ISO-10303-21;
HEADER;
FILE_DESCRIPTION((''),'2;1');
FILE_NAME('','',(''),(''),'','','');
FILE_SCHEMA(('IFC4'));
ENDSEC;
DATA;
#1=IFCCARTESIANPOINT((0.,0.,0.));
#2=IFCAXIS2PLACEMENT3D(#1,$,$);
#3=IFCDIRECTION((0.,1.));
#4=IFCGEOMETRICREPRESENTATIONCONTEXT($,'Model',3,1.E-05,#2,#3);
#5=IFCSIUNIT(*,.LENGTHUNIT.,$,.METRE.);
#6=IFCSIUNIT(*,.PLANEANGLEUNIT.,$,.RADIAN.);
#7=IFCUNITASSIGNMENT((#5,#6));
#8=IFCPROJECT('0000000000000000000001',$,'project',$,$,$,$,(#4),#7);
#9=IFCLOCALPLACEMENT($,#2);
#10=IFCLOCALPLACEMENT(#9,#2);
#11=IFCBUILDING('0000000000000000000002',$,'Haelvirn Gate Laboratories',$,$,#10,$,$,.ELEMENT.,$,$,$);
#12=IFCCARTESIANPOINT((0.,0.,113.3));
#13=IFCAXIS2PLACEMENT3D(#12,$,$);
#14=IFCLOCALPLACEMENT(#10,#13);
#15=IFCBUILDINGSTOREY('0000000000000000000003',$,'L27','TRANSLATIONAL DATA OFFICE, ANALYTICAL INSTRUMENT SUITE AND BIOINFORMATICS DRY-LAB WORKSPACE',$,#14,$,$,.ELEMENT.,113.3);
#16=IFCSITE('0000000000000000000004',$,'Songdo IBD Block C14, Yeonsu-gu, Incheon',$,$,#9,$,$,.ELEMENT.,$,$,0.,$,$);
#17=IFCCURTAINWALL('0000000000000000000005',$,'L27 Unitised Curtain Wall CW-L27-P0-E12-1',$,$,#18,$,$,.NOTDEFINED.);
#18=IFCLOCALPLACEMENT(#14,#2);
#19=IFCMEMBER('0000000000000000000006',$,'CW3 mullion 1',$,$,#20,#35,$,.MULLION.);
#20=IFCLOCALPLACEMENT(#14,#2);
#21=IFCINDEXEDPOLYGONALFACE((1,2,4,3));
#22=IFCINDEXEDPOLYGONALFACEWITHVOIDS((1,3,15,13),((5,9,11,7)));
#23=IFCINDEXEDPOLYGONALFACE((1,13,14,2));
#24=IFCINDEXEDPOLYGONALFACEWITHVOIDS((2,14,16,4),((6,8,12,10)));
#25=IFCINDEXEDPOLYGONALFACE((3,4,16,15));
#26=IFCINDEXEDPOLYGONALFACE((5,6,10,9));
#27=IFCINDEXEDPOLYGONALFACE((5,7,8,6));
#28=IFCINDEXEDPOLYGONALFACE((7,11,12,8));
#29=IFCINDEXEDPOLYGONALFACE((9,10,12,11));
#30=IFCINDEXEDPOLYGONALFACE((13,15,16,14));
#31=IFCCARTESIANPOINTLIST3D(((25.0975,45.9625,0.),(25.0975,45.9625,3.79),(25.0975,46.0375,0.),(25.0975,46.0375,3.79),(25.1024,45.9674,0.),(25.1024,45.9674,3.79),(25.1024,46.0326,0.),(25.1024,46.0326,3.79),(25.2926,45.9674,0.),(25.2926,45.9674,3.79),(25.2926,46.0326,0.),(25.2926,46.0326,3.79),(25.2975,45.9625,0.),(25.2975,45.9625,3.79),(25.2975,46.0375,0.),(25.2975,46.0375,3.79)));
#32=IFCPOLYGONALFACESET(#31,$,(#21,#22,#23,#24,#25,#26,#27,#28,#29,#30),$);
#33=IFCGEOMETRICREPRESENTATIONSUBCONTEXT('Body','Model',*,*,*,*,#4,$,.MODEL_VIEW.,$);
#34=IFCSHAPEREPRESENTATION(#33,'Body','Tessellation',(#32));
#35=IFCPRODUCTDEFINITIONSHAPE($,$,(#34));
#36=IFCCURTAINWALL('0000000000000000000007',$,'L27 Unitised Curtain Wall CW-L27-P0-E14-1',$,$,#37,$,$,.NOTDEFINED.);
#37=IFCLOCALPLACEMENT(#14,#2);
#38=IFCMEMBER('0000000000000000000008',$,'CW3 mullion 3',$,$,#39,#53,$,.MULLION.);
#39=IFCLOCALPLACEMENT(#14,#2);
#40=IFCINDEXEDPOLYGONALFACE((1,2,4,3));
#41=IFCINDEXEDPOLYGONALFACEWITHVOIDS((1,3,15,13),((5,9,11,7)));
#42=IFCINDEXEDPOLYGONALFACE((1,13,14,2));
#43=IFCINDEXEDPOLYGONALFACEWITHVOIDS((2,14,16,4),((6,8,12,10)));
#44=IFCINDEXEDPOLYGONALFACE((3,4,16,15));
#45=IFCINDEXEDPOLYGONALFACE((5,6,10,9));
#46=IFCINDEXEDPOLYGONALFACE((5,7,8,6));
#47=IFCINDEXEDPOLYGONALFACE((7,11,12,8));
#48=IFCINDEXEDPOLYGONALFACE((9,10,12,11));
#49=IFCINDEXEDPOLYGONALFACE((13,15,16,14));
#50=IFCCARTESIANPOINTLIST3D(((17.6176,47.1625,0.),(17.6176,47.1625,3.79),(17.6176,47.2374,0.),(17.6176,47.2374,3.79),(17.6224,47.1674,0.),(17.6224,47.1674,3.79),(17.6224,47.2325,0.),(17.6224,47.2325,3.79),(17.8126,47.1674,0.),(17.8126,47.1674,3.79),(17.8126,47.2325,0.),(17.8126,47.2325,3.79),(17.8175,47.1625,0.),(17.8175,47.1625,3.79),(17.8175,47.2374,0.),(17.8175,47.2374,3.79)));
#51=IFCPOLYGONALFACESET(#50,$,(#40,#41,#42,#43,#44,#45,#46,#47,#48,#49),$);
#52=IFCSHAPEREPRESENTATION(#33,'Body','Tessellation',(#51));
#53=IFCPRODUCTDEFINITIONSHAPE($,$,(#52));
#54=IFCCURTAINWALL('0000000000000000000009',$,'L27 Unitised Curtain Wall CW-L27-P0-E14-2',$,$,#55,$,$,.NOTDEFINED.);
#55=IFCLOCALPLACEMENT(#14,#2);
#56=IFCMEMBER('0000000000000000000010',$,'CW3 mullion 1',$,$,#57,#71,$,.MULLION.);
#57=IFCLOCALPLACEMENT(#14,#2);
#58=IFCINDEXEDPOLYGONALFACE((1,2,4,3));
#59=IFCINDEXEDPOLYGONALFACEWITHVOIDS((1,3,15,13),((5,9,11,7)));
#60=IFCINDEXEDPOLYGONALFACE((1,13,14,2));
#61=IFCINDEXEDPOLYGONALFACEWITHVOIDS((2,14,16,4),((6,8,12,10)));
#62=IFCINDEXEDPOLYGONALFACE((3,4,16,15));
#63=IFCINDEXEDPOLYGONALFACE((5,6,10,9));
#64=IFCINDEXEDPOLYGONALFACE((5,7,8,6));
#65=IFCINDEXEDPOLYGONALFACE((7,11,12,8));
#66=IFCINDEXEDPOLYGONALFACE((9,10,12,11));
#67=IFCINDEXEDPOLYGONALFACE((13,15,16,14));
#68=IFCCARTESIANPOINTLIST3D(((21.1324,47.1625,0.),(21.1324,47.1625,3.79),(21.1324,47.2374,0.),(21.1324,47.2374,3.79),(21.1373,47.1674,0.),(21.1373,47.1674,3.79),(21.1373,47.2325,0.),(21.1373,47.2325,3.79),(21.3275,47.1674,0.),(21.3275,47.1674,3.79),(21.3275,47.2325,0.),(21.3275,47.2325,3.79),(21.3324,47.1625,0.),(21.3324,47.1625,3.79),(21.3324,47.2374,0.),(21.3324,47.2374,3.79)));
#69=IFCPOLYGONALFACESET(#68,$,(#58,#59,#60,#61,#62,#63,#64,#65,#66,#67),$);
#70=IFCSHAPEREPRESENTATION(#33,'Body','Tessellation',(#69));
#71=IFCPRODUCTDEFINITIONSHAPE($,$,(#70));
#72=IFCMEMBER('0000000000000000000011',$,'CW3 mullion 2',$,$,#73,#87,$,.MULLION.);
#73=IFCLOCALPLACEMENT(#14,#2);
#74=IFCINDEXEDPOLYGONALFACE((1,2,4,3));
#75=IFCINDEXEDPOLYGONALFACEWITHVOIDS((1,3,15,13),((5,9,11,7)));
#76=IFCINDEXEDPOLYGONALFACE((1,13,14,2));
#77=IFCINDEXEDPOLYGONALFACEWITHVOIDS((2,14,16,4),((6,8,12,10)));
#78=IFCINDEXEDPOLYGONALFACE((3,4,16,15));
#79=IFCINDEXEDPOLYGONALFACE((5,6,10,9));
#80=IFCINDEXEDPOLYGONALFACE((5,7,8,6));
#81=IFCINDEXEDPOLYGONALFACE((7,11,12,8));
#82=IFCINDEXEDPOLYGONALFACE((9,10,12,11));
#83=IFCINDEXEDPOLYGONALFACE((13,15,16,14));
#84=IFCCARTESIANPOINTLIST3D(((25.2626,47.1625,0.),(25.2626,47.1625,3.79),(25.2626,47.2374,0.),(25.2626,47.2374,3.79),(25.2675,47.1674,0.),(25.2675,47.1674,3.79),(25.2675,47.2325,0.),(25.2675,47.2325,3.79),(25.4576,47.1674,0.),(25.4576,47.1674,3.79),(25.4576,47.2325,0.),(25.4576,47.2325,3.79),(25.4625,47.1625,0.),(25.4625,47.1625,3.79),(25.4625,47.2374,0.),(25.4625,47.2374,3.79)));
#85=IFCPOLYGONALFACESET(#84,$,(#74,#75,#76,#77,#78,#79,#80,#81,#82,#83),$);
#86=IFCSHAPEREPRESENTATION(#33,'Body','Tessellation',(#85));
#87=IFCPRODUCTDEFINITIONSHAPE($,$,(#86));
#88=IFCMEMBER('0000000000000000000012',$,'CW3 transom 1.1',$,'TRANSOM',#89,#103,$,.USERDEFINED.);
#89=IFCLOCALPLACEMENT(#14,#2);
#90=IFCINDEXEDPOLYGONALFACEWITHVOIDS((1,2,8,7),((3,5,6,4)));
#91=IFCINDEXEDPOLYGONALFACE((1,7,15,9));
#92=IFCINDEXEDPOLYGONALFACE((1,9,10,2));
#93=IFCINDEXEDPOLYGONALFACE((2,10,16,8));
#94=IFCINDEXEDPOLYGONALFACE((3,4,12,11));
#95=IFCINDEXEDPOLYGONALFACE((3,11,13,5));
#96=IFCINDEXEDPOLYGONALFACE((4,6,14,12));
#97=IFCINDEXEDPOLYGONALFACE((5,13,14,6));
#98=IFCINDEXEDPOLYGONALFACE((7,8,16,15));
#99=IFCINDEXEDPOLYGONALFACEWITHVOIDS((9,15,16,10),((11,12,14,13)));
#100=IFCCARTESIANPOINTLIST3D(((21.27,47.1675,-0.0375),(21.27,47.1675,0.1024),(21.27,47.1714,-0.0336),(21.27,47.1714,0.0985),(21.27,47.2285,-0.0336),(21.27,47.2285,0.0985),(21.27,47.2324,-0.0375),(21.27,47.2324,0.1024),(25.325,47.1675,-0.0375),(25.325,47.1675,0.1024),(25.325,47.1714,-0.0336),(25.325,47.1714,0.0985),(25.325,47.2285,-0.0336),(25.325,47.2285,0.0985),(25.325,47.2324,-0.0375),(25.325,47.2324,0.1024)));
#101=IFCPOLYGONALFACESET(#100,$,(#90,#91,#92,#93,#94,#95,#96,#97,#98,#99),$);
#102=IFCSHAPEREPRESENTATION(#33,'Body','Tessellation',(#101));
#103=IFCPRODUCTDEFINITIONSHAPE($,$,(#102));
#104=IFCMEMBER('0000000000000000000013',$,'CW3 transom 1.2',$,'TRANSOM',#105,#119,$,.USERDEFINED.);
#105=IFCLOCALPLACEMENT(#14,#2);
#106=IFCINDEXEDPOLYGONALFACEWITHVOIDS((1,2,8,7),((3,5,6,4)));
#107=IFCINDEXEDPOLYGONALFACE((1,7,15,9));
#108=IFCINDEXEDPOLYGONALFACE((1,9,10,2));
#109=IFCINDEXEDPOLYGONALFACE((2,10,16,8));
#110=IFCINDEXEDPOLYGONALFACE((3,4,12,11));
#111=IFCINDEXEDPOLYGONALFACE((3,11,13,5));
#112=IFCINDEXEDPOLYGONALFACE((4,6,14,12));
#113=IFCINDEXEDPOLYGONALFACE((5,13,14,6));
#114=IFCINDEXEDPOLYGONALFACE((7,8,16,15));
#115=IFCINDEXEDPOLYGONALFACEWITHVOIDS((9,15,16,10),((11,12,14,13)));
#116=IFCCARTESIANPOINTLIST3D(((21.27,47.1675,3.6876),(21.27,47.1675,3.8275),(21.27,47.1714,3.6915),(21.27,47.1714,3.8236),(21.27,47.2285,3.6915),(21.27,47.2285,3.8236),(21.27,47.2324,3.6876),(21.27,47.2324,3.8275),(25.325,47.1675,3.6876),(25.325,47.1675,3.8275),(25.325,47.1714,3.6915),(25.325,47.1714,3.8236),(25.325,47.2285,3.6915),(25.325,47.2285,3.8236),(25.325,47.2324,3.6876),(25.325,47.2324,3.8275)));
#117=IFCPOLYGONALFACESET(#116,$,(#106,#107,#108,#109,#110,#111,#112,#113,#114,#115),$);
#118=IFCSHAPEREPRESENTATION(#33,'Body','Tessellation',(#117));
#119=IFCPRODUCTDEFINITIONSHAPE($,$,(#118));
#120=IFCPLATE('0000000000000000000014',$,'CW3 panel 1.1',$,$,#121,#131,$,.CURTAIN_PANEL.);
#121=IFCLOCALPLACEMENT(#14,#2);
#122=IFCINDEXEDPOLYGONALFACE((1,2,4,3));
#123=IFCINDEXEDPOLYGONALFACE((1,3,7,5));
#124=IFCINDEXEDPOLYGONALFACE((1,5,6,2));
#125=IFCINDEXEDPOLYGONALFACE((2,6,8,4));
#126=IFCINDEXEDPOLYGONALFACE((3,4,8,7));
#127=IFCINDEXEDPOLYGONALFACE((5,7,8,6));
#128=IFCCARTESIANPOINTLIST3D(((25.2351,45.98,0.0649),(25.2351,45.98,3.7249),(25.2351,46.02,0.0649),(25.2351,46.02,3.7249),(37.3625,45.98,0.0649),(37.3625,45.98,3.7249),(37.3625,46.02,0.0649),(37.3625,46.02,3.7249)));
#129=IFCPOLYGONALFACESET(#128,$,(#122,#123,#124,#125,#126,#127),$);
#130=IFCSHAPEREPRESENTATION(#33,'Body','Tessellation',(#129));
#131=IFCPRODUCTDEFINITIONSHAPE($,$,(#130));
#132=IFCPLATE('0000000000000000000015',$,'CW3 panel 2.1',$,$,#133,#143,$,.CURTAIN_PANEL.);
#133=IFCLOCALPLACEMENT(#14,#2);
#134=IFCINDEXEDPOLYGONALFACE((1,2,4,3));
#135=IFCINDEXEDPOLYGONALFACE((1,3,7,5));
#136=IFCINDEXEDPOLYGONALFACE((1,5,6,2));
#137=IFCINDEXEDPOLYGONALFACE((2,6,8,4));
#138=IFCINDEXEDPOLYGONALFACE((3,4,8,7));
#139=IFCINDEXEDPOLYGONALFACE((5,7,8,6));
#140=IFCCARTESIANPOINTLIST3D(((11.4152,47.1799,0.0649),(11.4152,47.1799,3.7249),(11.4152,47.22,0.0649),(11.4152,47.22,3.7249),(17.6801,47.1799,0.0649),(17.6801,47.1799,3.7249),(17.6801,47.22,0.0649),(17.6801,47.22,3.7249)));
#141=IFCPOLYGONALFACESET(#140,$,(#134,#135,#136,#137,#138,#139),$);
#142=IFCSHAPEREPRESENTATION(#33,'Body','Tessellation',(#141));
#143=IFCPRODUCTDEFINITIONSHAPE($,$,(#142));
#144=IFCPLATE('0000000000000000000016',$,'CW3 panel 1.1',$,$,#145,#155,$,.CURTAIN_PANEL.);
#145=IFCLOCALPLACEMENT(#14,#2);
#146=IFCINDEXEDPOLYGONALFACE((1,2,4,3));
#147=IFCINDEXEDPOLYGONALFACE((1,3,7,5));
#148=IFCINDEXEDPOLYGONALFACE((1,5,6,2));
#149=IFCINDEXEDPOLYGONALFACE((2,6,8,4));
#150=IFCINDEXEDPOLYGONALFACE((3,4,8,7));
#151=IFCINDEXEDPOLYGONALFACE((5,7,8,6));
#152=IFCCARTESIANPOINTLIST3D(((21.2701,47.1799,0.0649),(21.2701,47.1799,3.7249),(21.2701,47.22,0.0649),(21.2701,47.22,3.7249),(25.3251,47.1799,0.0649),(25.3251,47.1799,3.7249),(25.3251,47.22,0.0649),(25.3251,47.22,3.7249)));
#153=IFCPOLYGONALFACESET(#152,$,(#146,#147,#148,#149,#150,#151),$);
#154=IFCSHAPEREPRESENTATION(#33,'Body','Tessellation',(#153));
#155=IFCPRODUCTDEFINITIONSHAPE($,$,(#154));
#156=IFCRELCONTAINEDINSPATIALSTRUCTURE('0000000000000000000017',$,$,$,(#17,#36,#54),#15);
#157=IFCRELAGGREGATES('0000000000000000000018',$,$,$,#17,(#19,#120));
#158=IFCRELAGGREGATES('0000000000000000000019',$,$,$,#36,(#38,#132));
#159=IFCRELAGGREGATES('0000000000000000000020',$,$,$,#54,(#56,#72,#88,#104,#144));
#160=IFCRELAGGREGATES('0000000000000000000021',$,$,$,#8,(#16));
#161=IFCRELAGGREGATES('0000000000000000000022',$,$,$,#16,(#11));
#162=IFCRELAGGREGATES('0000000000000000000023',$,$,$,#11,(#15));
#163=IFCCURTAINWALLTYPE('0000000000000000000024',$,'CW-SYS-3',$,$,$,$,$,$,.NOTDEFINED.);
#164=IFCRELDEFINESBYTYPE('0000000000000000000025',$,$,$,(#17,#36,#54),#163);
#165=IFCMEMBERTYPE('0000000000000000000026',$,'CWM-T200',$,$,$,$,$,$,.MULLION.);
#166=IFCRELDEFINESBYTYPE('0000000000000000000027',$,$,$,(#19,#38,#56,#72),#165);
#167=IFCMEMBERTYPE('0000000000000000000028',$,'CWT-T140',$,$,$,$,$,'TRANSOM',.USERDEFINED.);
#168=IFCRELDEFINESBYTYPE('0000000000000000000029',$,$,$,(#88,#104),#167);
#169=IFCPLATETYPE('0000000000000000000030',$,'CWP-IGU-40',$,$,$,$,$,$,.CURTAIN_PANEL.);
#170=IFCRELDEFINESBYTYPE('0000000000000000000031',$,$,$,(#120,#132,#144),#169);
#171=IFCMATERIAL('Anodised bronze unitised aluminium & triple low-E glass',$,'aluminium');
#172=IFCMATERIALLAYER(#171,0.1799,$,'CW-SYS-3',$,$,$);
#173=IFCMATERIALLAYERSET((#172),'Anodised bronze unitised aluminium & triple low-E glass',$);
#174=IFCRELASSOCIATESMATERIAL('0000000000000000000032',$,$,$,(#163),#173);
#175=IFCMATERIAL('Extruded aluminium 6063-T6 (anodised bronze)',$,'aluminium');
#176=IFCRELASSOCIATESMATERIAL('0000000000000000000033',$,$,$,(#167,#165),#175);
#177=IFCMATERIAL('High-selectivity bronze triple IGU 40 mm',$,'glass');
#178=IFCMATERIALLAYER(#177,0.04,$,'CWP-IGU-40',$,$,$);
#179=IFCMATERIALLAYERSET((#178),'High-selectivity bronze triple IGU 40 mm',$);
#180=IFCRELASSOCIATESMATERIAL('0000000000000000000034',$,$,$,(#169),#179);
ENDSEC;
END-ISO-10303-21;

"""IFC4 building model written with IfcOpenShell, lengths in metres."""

from ifc_helpers import new_model, si_unit, direction, frame, origin, origin_2d, place, context, subcontext, project, spatial, rectangle, hollow_rectangle, extrude, source, transform, mapped, material, layer, layer_set, material_profile, profile_set, type_object, type_shapes, element, aggregate, save


model = new_model("IFC4")

# Units and contexts
model_context = context("Model", 3, precision=1e-05, world=origin(), true_north=direction((0.0, 1.0)))
body_context = subcontext(model_context, "Body", "Model", "MODEL_VIEW")
ifc_project = project(units=[si_unit("LENGTHUNIT", "METRE"), si_unit("PLANEANGLEUNIT", "RADIAN")], contexts=[model_context])

# Site, building, storey
site_placement = place(None, origin())
site = spatial("IfcSite", under=ifc_project, at=site_placement, Name="Songdo IBD Block C14, Yeonsu-gu, Incheon", CompositionType="ELEMENT", RefElevation=0.0)
building_placement = place(site_placement, origin())
building = spatial("IfcBuilding", under=site, at=building_placement, Name="Haelvirn Gate Laboratories", CompositionType="ELEMENT")
storey_placement = place(building_placement, frame((0.0, 0.0, 113.3)))
storey = spatial("IfcBuildingStorey", under=building, at=storey_placement, Name="L27", Description="TRANSLATIONAL DATA OFFICE, ANALYTICAL INSTRUMENT SUITE AND BIOINFORMATICS DRY-LAB WORKSPACE", CompositionType="ELEMENT", Elevation=113.3)

# Curtain wall, member
ifc_material_1 = material(Name="Anodised bronze unitised aluminium & triple low-E glass", Category="aluminium")
ifc_layer_1 = layer(ifc_material_1, 0.1799, Name="CW-SYS-3")
ifc_layer_set_1 = layer_set([ifc_layer_1], Name="Anodised bronze unitised aluminium & triple low-E glass")
curtain_wall_type = type_object("IfcCurtainWallType", Name="CW-SYS-3", PredefinedType="NOTDEFINED", material=ifc_layer_set_1)
curtain_wall_1_placement = place(storey_placement, origin())
curtain_wall_1 = element("IfcCurtainWall", 1, at=curtain_wall_1_placement, inside=storey, type_object=curtain_wall_type, Name="L27 Unitised Curtain Wall CW-L27-P0-E12-1", PredefinedType="NOTDEFINED")
ifc_material_2 = material(Name="Extruded aluminium 6063-T6 (anodised bronze)", Category="aluminium")
ifc_material_profile_1 = material_profile(ifc_material_2, hollow_rectangle(XDim=0.0649, YDim=0.1399, WallThickness=0.0039, at=origin_2d()), Name="CWT-140x65x4")
ifc_profile_set_1 = profile_set([ifc_material_profile_1], Name="Extruded aluminium 6063-T6 (anodised bronze)")
member_type_1 = type_object("IfcMemberType", Name="CWT-T140", ElementType="TRANSOM", PredefinedType="USERDEFINED", material=ifc_profile_set_1)
ifc_material_profile_2 = material_profile(ifc_material_2, hollow_rectangle(XDim=0.075, YDim=0.2, WallThickness=0.0049, at=origin_2d()), Name="CWM-200x75x5")
ifc_profile_set_2 = profile_set([ifc_material_profile_2], Name="Extruded aluminium 6063-T6 (anodised bronze)")
member_type_2 = type_object("IfcMemberType", Name="CWM-T200", PredefinedType="MULLION", material=ifc_profile_set_2)
shared_shape_1 = source(origin(), body_context, "Body", "SweptSolid", [
    extrude(hollow_rectangle(XDim=0.075, YDim=0.2, WallThickness=0.0049, at=origin_2d()), origin(), (0.0, 0.0, 1.0), 3.79),
])
type_shapes(member_type_2, [shared_shape_1])
member_1_placement = place(storey_placement, frame((25.1975, 46.0, 0.0), z_axis=(0.0, 0.0, 1.0), x_axis=(0.0, 1.0, 0.0)))
member_1 = element("IfcMember", 2, at=member_1_placement, type_object=member_type_2, Name="CW3 mullion 1", PredefinedType="MULLION", context=body_context, shape_type="MappedRepresentation", body=[
    mapped(shared_shape_1, transform((0.0, 0.0, 0.0), scale=1.0)),
])

# Curtain wall, member
curtain_wall_2_placement = place(storey_placement, origin())
curtain_wall_2 = element("IfcCurtainWall", 3, at=curtain_wall_2_placement, inside=storey, type_object=curtain_wall_type, Name="L27 Unitised Curtain Wall CW-L27-P0-E14-1", PredefinedType="NOTDEFINED")
member_2_placement = place(storey_placement, frame((17.7175, 47.2, 0.0), z_axis=(0.0, 0.0, 1.0), x_axis=(0.0, 1.0, 0.0)))
member_2 = element("IfcMember", 4, at=member_2_placement, type_object=member_type_2, Name="CW3 mullion 3", PredefinedType="MULLION", context=body_context, shape_type="MappedRepresentation", body=[
    mapped(shared_shape_1, transform((0.0, 0.0, 0.0), scale=1.0)),
])

# Curtain wall, members
curtain_wall_3_placement = place(storey_placement, origin())
curtain_wall_3 = element("IfcCurtainWall", 5, at=curtain_wall_3_placement, inside=storey, type_object=curtain_wall_type, Name="L27 Unitised Curtain Wall CW-L27-P0-E14-2", PredefinedType="NOTDEFINED")
member_3_placement = place(storey_placement, frame((21.2324, 47.2, 0.0), z_axis=(0.0, 0.0, 1.0), x_axis=(0.0, 1.0, 0.0)))
member_3 = element("IfcMember", 6, at=member_3_placement, type_object=member_type_2, Name="CW3 mullion 1", PredefinedType="MULLION", context=body_context, shape_type="MappedRepresentation", body=[
    mapped(shared_shape_1, transform((0.0, 0.0, 0.0), scale=1.0)),
])
member_4_placement = place(storey_placement, frame((25.3625, 47.2, 0.0), z_axis=(0.0, 0.0, 1.0), x_axis=(0.0, 1.0, 0.0)))
member_4 = element("IfcMember", 7, at=member_4_placement, type_object=member_type_2, Name="CW3 mullion 2", PredefinedType="MULLION", context=body_context, shape_type="MappedRepresentation", body=[
    mapped(shared_shape_1, transform((0.0, 0.0, 0.0), scale=1.0)),
])
shared_shape_2 = source(origin(), body_context, "Body", "SweptSolid", [
    extrude(hollow_rectangle(XDim=0.0649, YDim=0.1399, WallThickness=0.0039, at=origin_2d()), origin(), (0.0, 0.0, 1.0), 4.0549),
])
member_5_placement = place(storey_placement, frame((21.27, 47.2, 0.0325), z_axis=(1.0, 0.0, 0.0), x_axis=(0.0, 1.0, 0.0)))
member_5 = element("IfcMember", 8, at=member_5_placement, type_object=member_type_1, Name="CW3 transom 1.1", ObjectType="TRANSOM", PredefinedType="USERDEFINED", context=body_context, shape_type="MappedRepresentation", body=[
    mapped(shared_shape_2, transform((0.0, 0.0, 0.0), scale=1.0)),
])
member_6_placement = place(storey_placement, frame((21.27, 47.2, 3.7576), z_axis=(1.0, 0.0, 0.0), x_axis=(0.0, 1.0, 0.0)))
member_6 = element("IfcMember", 9, at=member_6_placement, type_object=member_type_1, Name="CW3 transom 1.2", ObjectType="TRANSOM", PredefinedType="USERDEFINED", context=body_context, shape_type="MappedRepresentation", body=[
    mapped(shared_shape_2, transform((0.0, 0.0, 0.0), scale=1.0)),
])

# Plates
ifc_material_3 = material(Name="High-selectivity bronze triple IGU 40 mm", Category="glass")
ifc_layer_2 = layer(ifc_material_3, 0.04, Name="CWP-IGU-40")
ifc_layer_set_2 = layer_set([ifc_layer_2], Name="High-selectivity bronze triple IGU 40 mm")
plate_type = type_object("IfcPlateType", Name="CWP-IGU-40", PredefinedType="CURTAIN_PANEL", material=ifc_layer_set_2)
shared_shape_3 = source(origin(), body_context, "Body", "SweptSolid", [
    extrude(rectangle(XDim=12.1274, YDim=0.04, at=origin_2d()), origin(), (0.0, 0.0, 1.0), 3.6599),
])
plate_1_placement = place(storey_placement, frame((31.2988, 46.0, 0.0649), z_axis=(0.0, 0.0, 1.0), x_axis=(1.0, 0.0, 0.0)))
plate_1 = element("IfcPlate", 10, at=plate_1_placement, type_object=plate_type, Name="CW3 panel 1.1", PredefinedType="CURTAIN_PANEL", context=body_context, shape_type="MappedRepresentation", body=[
    mapped(shared_shape_3, transform((0.0, 0.0, 0.0), scale=1.0)),
])
aggregate(curtain_wall_1, [member_1, plate_1])
shared_shape_4 = source(origin(), body_context, "Body", "SweptSolid", [
    extrude(rectangle(XDim=6.2649, YDim=0.04, at=origin_2d()), origin(), (0.0, 0.0, 1.0), 3.6599),
])
plate_2_placement = place(storey_placement, frame((14.5476, 47.2, 0.0649), z_axis=(0.0, 0.0, 1.0), x_axis=(1.0, 0.0, 0.0)))
plate_2 = element("IfcPlate", 11, at=plate_2_placement, type_object=plate_type, Name="CW3 panel 2.1", PredefinedType="CURTAIN_PANEL", context=body_context, shape_type="MappedRepresentation", body=[
    mapped(shared_shape_4, transform((0.0, 0.0, 0.0), scale=1.0)),
])
aggregate(curtain_wall_2, [member_2, plate_2])
shared_shape_5 = source(origin(), body_context, "Body", "SweptSolid", [
    extrude(rectangle(XDim=4.0549, YDim=0.04, at=origin_2d()), origin(), (0.0, 0.0, 1.0), 3.6599),
])
type_shapes(plate_type, [shared_shape_3, shared_shape_4, shared_shape_5])
plate_3_placement = place(storey_placement, frame((23.2976, 47.2, 0.0649), z_axis=(0.0, 0.0, 1.0), x_axis=(1.0, 0.0, 0.0)))
plate_3 = element("IfcPlate", 12, at=plate_3_placement, type_object=plate_type, Name="CW3 panel 1.1", PredefinedType="CURTAIN_PANEL", context=body_context, shape_type="MappedRepresentation", body=[
    mapped(shared_shape_5, transform((0.0, 0.0, 0.0), scale=1.0)),
])
aggregate(curtain_wall_3, [member_3, member_4, member_5, member_6, plate_3])

save(model, "model.ifc")
